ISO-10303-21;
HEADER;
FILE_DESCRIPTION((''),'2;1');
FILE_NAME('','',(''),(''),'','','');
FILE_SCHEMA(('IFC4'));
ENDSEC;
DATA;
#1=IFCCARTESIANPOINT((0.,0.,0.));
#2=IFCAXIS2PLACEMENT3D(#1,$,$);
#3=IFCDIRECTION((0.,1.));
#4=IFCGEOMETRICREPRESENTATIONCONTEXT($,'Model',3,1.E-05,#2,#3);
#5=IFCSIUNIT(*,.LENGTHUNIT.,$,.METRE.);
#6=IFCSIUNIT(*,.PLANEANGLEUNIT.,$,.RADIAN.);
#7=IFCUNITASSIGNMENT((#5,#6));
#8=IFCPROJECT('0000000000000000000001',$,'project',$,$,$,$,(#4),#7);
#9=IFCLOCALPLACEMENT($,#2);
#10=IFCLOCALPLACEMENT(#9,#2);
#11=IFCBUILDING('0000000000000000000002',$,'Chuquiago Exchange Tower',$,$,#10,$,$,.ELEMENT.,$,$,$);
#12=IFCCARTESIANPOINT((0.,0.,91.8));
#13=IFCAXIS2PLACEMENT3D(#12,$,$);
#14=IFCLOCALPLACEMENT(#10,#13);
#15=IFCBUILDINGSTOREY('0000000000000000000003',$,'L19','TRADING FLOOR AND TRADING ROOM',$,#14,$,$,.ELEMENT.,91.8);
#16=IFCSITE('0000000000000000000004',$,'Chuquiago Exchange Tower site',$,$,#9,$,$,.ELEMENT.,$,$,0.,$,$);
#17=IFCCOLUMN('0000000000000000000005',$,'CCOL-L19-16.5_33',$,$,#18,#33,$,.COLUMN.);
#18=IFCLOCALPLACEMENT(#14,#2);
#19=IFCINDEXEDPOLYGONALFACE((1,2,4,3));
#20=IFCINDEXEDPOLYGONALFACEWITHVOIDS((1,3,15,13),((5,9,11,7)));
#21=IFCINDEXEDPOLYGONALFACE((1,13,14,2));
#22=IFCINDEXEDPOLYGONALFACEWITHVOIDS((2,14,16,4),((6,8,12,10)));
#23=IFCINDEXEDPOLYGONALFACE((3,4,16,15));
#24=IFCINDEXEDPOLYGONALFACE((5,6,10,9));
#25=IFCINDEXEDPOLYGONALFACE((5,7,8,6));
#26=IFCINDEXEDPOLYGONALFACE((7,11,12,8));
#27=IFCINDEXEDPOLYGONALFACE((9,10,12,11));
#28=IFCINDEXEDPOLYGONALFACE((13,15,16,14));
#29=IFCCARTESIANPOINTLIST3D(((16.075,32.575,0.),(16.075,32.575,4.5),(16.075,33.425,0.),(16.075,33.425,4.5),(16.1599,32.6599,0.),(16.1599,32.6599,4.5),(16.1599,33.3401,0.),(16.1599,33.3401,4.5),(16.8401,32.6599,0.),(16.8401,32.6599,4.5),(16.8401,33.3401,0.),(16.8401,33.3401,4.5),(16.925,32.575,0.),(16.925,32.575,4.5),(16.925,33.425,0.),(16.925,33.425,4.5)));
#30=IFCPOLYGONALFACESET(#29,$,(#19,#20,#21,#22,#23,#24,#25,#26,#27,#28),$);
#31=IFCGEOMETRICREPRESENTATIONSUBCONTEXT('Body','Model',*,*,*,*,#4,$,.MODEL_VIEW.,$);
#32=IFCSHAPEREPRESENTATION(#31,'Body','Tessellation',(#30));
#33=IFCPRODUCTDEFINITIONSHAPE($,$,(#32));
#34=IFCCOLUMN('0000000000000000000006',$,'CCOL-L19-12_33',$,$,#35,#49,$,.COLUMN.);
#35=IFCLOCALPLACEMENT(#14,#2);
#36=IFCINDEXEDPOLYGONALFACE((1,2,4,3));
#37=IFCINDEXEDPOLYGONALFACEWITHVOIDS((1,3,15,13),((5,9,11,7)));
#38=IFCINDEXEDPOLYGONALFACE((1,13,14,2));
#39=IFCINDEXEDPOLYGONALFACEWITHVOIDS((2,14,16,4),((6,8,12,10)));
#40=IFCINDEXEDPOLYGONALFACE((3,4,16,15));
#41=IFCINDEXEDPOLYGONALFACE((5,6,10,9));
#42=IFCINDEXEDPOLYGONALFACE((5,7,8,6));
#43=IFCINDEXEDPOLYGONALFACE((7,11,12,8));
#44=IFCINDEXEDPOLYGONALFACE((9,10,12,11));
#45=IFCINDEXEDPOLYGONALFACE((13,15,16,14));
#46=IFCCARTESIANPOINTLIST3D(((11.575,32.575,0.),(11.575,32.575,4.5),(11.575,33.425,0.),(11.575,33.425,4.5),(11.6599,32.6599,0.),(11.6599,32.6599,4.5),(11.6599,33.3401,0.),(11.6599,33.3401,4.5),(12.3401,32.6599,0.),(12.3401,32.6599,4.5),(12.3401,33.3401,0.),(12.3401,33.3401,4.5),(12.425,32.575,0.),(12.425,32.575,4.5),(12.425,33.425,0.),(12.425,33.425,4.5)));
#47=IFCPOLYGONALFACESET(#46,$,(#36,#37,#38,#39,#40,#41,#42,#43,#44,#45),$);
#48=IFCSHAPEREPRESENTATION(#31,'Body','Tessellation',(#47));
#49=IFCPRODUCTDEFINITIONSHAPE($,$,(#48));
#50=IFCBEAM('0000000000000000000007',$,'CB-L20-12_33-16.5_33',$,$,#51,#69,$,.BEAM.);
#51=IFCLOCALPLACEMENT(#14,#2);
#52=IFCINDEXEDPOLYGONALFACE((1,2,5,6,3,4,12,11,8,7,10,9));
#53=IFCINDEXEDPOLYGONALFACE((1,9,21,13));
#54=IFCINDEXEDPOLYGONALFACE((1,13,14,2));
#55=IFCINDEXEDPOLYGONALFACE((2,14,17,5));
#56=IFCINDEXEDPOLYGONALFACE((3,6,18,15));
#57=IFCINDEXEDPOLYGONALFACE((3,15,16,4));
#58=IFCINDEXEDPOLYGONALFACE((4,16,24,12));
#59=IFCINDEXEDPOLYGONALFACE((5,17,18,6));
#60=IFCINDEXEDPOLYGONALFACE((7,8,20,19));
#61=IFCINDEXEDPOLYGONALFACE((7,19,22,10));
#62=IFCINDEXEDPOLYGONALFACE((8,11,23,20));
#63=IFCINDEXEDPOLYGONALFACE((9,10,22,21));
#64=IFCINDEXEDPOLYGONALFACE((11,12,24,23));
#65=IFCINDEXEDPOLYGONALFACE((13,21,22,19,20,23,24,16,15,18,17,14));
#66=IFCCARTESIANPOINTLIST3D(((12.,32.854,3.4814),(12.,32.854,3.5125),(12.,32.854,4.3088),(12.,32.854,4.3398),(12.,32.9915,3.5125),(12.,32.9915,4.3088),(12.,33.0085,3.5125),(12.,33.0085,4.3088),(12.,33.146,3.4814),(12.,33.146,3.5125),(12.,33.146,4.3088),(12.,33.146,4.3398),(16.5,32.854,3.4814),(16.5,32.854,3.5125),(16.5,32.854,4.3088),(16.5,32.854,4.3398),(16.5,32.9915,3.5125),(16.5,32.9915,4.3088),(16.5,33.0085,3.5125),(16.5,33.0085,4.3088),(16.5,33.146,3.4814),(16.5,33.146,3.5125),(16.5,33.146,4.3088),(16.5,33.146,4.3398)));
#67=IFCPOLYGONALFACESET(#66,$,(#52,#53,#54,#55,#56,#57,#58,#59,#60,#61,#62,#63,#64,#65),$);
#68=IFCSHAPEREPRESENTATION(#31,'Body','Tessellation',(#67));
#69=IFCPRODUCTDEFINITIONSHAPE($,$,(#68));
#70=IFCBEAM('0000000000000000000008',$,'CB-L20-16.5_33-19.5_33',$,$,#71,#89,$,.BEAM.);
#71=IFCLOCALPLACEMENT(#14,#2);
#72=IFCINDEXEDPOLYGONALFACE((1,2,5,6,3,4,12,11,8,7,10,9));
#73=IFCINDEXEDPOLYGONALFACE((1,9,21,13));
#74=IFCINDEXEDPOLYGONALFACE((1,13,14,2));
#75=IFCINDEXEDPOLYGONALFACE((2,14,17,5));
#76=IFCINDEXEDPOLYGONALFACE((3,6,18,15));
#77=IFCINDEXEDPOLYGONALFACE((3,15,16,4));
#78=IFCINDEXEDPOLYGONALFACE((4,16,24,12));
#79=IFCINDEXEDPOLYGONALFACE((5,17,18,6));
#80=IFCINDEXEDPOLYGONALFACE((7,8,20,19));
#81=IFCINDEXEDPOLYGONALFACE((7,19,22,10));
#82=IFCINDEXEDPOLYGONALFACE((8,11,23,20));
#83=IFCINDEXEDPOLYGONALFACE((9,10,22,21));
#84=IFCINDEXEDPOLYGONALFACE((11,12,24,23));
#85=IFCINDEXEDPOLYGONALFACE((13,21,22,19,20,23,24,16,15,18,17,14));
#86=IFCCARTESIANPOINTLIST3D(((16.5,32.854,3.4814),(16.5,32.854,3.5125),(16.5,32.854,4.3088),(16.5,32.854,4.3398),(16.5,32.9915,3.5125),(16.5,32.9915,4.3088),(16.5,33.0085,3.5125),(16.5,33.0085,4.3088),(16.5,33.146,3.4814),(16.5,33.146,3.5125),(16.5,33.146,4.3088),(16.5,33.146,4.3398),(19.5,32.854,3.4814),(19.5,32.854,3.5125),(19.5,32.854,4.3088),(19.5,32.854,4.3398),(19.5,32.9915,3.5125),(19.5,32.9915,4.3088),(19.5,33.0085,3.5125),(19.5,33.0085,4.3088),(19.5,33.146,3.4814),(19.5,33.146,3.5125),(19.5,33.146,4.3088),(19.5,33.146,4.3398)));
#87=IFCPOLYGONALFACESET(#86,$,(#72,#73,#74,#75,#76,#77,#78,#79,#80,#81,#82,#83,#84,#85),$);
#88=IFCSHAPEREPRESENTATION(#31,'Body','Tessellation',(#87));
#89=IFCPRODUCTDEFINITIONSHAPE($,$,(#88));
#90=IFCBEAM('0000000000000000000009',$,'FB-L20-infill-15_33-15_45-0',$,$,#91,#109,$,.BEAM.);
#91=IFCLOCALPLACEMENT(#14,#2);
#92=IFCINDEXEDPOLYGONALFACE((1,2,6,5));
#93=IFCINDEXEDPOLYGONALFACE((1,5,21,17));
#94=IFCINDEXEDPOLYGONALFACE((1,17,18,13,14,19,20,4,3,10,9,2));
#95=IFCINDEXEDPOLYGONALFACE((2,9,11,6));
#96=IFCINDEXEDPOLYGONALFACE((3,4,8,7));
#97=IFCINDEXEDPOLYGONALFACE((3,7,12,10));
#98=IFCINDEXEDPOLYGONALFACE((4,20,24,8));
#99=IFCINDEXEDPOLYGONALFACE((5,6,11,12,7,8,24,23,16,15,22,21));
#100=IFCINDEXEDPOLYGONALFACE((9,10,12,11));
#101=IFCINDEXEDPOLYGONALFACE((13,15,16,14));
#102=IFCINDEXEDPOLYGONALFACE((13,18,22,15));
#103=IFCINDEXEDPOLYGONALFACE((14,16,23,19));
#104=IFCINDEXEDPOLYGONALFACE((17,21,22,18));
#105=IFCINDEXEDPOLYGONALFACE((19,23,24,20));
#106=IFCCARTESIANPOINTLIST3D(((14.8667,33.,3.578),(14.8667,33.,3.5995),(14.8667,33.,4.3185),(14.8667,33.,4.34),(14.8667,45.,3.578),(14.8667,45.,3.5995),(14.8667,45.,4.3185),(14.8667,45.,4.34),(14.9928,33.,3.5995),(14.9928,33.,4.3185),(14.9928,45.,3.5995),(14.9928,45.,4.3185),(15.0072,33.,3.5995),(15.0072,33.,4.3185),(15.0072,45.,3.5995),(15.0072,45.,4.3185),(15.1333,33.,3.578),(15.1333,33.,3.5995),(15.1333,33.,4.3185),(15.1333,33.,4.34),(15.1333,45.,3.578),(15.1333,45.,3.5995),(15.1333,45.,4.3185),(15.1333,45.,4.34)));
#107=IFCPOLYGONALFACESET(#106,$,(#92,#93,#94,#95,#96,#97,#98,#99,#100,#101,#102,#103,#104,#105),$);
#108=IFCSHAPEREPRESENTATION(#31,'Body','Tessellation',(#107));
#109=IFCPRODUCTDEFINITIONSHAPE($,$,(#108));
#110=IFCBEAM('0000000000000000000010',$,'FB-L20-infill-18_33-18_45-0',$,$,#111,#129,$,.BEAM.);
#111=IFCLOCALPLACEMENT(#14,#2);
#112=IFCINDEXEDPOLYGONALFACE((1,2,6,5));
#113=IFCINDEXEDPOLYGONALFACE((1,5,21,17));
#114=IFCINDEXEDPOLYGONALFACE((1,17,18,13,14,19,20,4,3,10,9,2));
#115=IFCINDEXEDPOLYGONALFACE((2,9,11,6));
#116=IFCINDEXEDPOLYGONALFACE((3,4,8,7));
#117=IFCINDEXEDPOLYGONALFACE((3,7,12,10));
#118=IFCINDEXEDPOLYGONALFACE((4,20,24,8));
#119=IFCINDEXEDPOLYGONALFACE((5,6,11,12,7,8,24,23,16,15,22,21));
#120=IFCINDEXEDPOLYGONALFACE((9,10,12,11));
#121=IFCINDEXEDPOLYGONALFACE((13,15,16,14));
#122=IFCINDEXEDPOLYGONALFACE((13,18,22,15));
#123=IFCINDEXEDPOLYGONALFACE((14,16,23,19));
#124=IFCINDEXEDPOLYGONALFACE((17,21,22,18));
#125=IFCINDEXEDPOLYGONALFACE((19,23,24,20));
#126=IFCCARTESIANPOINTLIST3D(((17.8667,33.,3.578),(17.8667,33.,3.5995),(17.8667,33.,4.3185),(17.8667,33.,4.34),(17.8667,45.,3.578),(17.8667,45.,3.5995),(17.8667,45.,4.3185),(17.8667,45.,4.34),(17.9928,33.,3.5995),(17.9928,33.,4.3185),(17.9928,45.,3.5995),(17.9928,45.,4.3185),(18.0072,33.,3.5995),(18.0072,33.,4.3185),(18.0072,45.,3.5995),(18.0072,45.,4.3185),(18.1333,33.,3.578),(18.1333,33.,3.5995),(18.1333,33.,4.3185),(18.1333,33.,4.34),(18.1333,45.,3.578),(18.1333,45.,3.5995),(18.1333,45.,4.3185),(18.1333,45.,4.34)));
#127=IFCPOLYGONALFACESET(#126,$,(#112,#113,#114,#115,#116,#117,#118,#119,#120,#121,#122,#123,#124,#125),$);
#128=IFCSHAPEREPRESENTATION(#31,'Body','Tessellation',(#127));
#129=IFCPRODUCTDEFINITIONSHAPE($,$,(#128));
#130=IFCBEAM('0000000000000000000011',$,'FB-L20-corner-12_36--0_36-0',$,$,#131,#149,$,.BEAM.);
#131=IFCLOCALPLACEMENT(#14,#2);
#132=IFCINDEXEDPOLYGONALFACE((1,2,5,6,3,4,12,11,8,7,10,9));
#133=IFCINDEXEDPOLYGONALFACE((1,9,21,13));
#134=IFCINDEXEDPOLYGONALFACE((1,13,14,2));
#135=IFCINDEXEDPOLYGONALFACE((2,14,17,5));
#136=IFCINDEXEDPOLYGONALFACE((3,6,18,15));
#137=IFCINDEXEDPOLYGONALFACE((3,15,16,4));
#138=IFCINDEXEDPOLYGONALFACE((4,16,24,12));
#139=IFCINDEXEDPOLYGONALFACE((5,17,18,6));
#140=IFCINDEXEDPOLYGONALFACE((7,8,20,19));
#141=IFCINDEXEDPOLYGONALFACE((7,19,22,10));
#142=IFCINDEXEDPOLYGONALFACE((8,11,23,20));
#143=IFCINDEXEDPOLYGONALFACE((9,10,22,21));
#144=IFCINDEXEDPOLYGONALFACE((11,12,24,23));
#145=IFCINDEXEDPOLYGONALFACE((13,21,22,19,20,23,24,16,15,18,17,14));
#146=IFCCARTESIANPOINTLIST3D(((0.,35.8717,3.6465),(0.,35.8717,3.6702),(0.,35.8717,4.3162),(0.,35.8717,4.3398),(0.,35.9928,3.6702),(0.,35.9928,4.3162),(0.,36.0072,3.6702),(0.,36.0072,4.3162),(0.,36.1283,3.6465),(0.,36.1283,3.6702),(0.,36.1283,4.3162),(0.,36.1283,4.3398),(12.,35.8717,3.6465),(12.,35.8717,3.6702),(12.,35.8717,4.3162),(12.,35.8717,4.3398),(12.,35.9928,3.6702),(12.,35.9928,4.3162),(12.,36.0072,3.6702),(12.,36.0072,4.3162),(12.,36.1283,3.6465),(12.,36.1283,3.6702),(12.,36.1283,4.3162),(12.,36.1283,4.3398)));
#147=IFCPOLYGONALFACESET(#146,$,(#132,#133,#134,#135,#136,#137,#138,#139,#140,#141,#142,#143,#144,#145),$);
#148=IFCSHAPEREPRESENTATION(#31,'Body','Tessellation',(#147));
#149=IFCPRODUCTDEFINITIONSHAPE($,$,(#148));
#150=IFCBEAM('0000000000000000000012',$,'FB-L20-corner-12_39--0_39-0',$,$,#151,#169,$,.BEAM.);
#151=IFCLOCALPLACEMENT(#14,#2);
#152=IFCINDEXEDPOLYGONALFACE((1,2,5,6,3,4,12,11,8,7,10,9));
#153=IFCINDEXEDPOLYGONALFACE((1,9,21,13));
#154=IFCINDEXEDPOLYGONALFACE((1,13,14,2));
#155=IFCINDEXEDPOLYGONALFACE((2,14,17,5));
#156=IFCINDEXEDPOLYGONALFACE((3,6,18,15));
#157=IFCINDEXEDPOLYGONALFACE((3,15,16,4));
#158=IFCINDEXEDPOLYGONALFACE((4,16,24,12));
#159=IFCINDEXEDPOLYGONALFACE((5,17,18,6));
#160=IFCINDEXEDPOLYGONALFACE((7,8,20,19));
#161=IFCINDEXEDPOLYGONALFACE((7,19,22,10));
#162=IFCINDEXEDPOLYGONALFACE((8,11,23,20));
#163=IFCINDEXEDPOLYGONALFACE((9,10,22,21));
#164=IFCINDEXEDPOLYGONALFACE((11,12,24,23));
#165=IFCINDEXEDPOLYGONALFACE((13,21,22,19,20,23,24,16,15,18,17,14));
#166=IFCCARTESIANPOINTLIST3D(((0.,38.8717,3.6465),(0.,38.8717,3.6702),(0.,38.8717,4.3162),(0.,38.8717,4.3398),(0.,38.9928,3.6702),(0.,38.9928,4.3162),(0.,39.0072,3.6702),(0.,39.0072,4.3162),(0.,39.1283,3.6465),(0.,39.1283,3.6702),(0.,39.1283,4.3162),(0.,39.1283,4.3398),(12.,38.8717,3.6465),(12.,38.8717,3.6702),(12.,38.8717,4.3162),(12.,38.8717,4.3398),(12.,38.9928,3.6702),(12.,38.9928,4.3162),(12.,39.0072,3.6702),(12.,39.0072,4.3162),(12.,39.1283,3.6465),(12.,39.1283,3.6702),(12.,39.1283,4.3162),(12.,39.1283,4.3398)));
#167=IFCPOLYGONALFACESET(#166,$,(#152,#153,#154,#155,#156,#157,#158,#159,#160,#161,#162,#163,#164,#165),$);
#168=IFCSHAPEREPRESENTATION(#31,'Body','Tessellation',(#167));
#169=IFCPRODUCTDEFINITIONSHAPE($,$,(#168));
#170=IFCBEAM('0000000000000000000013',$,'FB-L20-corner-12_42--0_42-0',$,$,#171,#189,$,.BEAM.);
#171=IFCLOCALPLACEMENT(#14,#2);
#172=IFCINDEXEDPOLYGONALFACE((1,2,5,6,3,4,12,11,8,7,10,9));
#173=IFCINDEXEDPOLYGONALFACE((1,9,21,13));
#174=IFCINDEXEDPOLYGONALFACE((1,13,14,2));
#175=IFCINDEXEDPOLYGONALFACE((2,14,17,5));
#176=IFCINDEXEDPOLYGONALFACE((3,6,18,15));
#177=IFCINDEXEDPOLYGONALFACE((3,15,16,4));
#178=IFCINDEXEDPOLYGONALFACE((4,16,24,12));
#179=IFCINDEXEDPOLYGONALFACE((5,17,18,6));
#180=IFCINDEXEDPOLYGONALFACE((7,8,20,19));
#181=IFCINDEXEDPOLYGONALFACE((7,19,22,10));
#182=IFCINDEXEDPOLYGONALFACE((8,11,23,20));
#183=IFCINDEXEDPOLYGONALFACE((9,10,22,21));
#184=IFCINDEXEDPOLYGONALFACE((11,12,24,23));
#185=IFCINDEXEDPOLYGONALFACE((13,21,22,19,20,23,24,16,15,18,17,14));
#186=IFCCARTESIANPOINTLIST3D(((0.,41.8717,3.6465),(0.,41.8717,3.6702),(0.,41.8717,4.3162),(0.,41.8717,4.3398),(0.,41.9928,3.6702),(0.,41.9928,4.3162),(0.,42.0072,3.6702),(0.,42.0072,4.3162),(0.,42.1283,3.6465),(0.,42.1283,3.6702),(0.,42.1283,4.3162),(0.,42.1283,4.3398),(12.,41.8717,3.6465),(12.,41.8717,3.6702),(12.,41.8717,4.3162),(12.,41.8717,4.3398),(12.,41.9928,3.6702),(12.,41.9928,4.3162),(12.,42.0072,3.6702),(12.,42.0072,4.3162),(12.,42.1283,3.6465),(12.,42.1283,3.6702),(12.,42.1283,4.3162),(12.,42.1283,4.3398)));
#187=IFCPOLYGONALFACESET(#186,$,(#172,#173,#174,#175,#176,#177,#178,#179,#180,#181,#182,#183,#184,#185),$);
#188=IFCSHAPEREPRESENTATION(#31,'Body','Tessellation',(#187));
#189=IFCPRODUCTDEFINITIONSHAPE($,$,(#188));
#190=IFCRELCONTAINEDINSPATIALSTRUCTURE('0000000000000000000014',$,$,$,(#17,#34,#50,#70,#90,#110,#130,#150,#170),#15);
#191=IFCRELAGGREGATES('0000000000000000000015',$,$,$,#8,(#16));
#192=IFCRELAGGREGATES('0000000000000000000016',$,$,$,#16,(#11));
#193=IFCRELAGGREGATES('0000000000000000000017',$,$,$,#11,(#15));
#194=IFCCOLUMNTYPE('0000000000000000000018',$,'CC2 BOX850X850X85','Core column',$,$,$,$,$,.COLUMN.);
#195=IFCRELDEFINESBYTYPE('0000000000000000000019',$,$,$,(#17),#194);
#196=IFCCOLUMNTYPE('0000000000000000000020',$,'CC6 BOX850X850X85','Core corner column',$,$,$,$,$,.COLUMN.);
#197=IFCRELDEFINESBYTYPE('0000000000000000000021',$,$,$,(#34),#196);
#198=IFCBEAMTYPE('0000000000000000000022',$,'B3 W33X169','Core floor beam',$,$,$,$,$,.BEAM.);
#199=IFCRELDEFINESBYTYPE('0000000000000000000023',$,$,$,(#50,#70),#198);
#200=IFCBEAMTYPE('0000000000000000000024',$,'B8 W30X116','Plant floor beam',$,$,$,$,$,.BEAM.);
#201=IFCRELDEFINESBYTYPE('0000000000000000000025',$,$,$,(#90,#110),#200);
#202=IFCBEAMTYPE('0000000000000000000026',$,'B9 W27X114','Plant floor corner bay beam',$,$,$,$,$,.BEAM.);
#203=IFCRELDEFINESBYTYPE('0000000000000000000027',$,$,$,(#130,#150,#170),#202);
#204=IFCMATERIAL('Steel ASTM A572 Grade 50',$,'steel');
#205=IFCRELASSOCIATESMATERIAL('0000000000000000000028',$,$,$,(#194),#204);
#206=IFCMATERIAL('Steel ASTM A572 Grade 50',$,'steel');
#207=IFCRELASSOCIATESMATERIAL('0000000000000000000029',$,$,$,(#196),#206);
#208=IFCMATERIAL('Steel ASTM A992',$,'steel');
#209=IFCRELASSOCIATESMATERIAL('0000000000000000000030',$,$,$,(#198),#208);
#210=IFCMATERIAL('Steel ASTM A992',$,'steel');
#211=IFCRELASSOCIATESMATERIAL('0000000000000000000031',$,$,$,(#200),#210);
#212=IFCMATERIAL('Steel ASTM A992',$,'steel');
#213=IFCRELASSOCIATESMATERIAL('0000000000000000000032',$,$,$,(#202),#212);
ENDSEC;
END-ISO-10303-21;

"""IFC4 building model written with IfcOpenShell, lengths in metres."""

from ifc_helpers import new_model, si_unit, direction, frame, origin, origin_2d, place, context, subcontext, project, spatial, hollow_rectangle, i_section, extrude, material, material_profile, profile_set, type_object, element, save


model = new_model("IFC4")

# Units and contexts
model_context = context("Model", 3, precision=1e-05, world=origin(), true_north=direction((0.0, 1.0)))
body_context = subcontext(model_context, "Body", "Model", "MODEL_VIEW")
ifc_project = project(units=[si_unit("LENGTHUNIT", "METRE"), si_unit("PLANEANGLEUNIT", "RADIAN")], contexts=[model_context])

# Site, building, storey
site_placement = place(None, origin())
site = spatial("IfcSite", under=ifc_project, at=site_placement, Name="Chuquiago Exchange Tower site", CompositionType="ELEMENT", RefElevation=0.0)
building_placement = place(site_placement, origin())
building = spatial("IfcBuilding", under=site, at=building_placement, Name="Chuquiago Exchange Tower", CompositionType="ELEMENT")
storey_placement = place(building_placement, frame((0.0, 0.0, 91.8)))
storey = spatial("IfcBuildingStorey", under=building, at=storey_placement, Name="L19", Description="TRADING FLOOR AND TRADING ROOM", CompositionType="ELEMENT", Elevation=91.8)

# Columns
ifc_material_1 = material(Name="Steel ASTM A572 Grade 50", Category="steel")
ifc_material_profile_1 = material_profile(ifc_material_1, hollow_rectangle(XDim=0.8501, YDim=0.8501, WallThickness=0.085, at=origin_2d()), Name="BOX850X850X85")
ifc_profile_set_1 = profile_set([ifc_material_profile_1], Name="Steel ASTM A572 Grade 50")
column_type_1 = type_object("IfcColumnType", Name="CC2 BOX850X850X85", Description="Core column", PredefinedType="COLUMN", material=ifc_profile_set_1)
column_1_placement = place(storey_placement, frame((16.5, 33.0, 0.0), z_axis=(0.0, 0.0, 1.0), x_axis=(1.0, 0.0, 0.0)))
element("IfcColumn", 1, at=column_1_placement, inside=storey, type_object=column_type_1, Name="CCOL-L19-16.5_33", PredefinedType="COLUMN", context=body_context, shape_type="SweptSolid", body=[
    extrude(hollow_rectangle(XDim=0.8501, YDim=0.8501, WallThickness=0.085, at=origin_2d()), origin(), (0.0, 0.0, 1.0), 4.5),
])
ifc_material_2 = material(Name="Steel ASTM A572 Grade 50", Category="steel")
ifc_material_profile_2 = material_profile(ifc_material_2, hollow_rectangle(XDim=0.8501, YDim=0.8501, WallThickness=0.085, at=origin_2d()), Name="BOX850X850X85")
ifc_profile_set_2 = profile_set([ifc_material_profile_2], Name="Steel ASTM A572 Grade 50")
column_type_2 = type_object("IfcColumnType", Name="CC6 BOX850X850X85", Description="Core corner column", PredefinedType="COLUMN", material=ifc_profile_set_2)
column_2_placement = place(storey_placement, frame((12.0, 33.0, 0.0), z_axis=(0.0, 0.0, 1.0), x_axis=(1.0, 0.0, 0.0)))
element("IfcColumn", 2, at=column_2_placement, inside=storey, type_object=column_type_2, Name="CCOL-L19-12_33", PredefinedType="COLUMN", context=body_context, shape_type="SweptSolid", body=[
    extrude(hollow_rectangle(XDim=0.8501, YDim=0.8501, WallThickness=0.085, at=origin_2d()), origin(), (0.0, 0.0, 1.0), 4.5),
])

# Beams
ifc_material_3 = material(Name="Steel ASTM A992", Category="steel")
ifc_material_profile_3 = material_profile(ifc_material_3, i_section(OverallWidth=0.292, OverallDepth=0.8584, WebThickness=0.0171, FlangeThickness=0.031, at=origin_2d()), Name="W33X169")
ifc_profile_set_3 = profile_set([ifc_material_profile_3], Name="Steel ASTM A992")
beam_type_1 = type_object("IfcBeamType", Name="B3 W33X169", Description="Core floor beam", PredefinedType="BEAM", material=ifc_profile_set_3)
beam_1_placement = place(storey_placement, frame((12.0, 33.0, 3.9106), z_axis=(1.0, 0.0, 0.0), x_axis=(0.0, 1.0, 0.0)))
element("IfcBeam", 3, at=beam_1_placement, inside=storey, type_object=beam_type_1, Name="CB-L20-12_33-16.5_33", PredefinedType="BEAM", context=body_context, shape_type="SweptSolid", body=[
    extrude(i_section(OverallWidth=0.292, OverallDepth=0.8584, WebThickness=0.0171, FlangeThickness=0.031, at=origin_2d()), origin(), (0.0, 0.0, 1.0), 4.5),
])
beam_2_placement = place(storey_placement, frame((16.5, 33.0, 3.9106), z_axis=(1.0, 0.0, 0.0), x_axis=(0.0, 1.0, 0.0)))
element("IfcBeam", 4, at=beam_2_placement, inside=storey, type_object=beam_type_1, Name="CB-L20-16.5_33-19.5_33", PredefinedType="BEAM", context=body_context, shape_type="SweptSolid", body=[
    extrude(i_section(OverallWidth=0.292, OverallDepth=0.8584, WebThickness=0.0171, FlangeThickness=0.031, at=origin_2d()), origin(), (0.0, 0.0, 1.0), 3.0),
])
ifc_material_4 = material(Name="Steel ASTM A992", Category="steel")
ifc_material_profile_4 = material_profile(ifc_material_4, i_section(OverallWidth=0.2666, OverallDepth=0.762, WebThickness=0.0144, FlangeThickness=0.0215, at=origin_2d()), Name="W30X116")
ifc_profile_set_4 = profile_set([ifc_material_profile_4], Name="Steel ASTM A992")
beam_type_2 = type_object("IfcBeamType", Name="B8 W30X116", Description="Plant floor beam", PredefinedType="BEAM", material=ifc_profile_set_4)
for number, where, z_axis, x_axis, name in (
    (5, (15.0, 33.0, 3.959), (0.0, 1.0, 0.0), (-1.0, 0.0, 0.0), "FB-L20-infill-15_33-15_45-0"),
    (6, (18.0, 33.0, 3.959), (0.0, 1.0, 0.0), (-1.0, 0.0, 0.0), "FB-L20-infill-18_33-18_45-0"),
):
    element("IfcBeam", number, at=place(storey_placement, frame(where, z_axis=z_axis, x_axis=x_axis)), inside=storey, type_object=beam_type_2, Name=name, PredefinedType="BEAM", context=body_context, shape_type="SweptSolid", body=[
        extrude(i_section(OverallWidth=0.2666, OverallDepth=0.762, WebThickness=0.0144, FlangeThickness=0.0215, at=origin_2d()), origin(), (0.0, 0.0, 1.0), 12.0),
    ])
ifc_material_5 = material(Name="Steel ASTM A992", Category="steel")
ifc_material_profile_5 = material_profile(ifc_material_5, i_section(OverallWidth=0.2566, OverallDepth=0.6934, WebThickness=0.0144, FlangeThickness=0.0237, at=origin_2d()), Name="W27X114")
ifc_profile_set_5 = profile_set([ifc_material_profile_5], Name="Steel ASTM A992")
beam_type_3 = type_object("IfcBeamType", Name="B9 W27X114", Description="Plant floor corner bay beam", PredefinedType="BEAM", material=ifc_profile_set_5)
for number, where, z_axis, x_axis, name in (
    (7, (12.0, 36.0, 3.9932), (-1.0, 0.0, 0.0), (0.0, -1.0, 0.0), "FB-L20-corner-12_36--0_36-0"),
    (8, (12.0, 39.0, 3.9932), (-1.0, 0.0, 0.0), (0.0, -1.0, 0.0), "FB-L20-corner-12_39--0_39-0"),
    (9, (12.0, 42.0, 3.9932), (-1.0, 0.0, 0.0), (0.0, -1.0, 0.0), "FB-L20-corner-12_42--0_42-0"),
):
    element("IfcBeam", number, at=place(storey_placement, frame(where, z_axis=z_axis, x_axis=x_axis)), inside=storey, type_object=beam_type_3, Name=name, PredefinedType="BEAM", context=body_context, shape_type="SweptSolid", body=[
        extrude(i_section(OverallWidth=0.2566, OverallDepth=0.6934, WebThickness=0.0144, FlangeThickness=0.0237, at=origin_2d()), origin(), (0.0, 0.0, 1.0), 12.0),
    ])

save(model, "model.ifc")
